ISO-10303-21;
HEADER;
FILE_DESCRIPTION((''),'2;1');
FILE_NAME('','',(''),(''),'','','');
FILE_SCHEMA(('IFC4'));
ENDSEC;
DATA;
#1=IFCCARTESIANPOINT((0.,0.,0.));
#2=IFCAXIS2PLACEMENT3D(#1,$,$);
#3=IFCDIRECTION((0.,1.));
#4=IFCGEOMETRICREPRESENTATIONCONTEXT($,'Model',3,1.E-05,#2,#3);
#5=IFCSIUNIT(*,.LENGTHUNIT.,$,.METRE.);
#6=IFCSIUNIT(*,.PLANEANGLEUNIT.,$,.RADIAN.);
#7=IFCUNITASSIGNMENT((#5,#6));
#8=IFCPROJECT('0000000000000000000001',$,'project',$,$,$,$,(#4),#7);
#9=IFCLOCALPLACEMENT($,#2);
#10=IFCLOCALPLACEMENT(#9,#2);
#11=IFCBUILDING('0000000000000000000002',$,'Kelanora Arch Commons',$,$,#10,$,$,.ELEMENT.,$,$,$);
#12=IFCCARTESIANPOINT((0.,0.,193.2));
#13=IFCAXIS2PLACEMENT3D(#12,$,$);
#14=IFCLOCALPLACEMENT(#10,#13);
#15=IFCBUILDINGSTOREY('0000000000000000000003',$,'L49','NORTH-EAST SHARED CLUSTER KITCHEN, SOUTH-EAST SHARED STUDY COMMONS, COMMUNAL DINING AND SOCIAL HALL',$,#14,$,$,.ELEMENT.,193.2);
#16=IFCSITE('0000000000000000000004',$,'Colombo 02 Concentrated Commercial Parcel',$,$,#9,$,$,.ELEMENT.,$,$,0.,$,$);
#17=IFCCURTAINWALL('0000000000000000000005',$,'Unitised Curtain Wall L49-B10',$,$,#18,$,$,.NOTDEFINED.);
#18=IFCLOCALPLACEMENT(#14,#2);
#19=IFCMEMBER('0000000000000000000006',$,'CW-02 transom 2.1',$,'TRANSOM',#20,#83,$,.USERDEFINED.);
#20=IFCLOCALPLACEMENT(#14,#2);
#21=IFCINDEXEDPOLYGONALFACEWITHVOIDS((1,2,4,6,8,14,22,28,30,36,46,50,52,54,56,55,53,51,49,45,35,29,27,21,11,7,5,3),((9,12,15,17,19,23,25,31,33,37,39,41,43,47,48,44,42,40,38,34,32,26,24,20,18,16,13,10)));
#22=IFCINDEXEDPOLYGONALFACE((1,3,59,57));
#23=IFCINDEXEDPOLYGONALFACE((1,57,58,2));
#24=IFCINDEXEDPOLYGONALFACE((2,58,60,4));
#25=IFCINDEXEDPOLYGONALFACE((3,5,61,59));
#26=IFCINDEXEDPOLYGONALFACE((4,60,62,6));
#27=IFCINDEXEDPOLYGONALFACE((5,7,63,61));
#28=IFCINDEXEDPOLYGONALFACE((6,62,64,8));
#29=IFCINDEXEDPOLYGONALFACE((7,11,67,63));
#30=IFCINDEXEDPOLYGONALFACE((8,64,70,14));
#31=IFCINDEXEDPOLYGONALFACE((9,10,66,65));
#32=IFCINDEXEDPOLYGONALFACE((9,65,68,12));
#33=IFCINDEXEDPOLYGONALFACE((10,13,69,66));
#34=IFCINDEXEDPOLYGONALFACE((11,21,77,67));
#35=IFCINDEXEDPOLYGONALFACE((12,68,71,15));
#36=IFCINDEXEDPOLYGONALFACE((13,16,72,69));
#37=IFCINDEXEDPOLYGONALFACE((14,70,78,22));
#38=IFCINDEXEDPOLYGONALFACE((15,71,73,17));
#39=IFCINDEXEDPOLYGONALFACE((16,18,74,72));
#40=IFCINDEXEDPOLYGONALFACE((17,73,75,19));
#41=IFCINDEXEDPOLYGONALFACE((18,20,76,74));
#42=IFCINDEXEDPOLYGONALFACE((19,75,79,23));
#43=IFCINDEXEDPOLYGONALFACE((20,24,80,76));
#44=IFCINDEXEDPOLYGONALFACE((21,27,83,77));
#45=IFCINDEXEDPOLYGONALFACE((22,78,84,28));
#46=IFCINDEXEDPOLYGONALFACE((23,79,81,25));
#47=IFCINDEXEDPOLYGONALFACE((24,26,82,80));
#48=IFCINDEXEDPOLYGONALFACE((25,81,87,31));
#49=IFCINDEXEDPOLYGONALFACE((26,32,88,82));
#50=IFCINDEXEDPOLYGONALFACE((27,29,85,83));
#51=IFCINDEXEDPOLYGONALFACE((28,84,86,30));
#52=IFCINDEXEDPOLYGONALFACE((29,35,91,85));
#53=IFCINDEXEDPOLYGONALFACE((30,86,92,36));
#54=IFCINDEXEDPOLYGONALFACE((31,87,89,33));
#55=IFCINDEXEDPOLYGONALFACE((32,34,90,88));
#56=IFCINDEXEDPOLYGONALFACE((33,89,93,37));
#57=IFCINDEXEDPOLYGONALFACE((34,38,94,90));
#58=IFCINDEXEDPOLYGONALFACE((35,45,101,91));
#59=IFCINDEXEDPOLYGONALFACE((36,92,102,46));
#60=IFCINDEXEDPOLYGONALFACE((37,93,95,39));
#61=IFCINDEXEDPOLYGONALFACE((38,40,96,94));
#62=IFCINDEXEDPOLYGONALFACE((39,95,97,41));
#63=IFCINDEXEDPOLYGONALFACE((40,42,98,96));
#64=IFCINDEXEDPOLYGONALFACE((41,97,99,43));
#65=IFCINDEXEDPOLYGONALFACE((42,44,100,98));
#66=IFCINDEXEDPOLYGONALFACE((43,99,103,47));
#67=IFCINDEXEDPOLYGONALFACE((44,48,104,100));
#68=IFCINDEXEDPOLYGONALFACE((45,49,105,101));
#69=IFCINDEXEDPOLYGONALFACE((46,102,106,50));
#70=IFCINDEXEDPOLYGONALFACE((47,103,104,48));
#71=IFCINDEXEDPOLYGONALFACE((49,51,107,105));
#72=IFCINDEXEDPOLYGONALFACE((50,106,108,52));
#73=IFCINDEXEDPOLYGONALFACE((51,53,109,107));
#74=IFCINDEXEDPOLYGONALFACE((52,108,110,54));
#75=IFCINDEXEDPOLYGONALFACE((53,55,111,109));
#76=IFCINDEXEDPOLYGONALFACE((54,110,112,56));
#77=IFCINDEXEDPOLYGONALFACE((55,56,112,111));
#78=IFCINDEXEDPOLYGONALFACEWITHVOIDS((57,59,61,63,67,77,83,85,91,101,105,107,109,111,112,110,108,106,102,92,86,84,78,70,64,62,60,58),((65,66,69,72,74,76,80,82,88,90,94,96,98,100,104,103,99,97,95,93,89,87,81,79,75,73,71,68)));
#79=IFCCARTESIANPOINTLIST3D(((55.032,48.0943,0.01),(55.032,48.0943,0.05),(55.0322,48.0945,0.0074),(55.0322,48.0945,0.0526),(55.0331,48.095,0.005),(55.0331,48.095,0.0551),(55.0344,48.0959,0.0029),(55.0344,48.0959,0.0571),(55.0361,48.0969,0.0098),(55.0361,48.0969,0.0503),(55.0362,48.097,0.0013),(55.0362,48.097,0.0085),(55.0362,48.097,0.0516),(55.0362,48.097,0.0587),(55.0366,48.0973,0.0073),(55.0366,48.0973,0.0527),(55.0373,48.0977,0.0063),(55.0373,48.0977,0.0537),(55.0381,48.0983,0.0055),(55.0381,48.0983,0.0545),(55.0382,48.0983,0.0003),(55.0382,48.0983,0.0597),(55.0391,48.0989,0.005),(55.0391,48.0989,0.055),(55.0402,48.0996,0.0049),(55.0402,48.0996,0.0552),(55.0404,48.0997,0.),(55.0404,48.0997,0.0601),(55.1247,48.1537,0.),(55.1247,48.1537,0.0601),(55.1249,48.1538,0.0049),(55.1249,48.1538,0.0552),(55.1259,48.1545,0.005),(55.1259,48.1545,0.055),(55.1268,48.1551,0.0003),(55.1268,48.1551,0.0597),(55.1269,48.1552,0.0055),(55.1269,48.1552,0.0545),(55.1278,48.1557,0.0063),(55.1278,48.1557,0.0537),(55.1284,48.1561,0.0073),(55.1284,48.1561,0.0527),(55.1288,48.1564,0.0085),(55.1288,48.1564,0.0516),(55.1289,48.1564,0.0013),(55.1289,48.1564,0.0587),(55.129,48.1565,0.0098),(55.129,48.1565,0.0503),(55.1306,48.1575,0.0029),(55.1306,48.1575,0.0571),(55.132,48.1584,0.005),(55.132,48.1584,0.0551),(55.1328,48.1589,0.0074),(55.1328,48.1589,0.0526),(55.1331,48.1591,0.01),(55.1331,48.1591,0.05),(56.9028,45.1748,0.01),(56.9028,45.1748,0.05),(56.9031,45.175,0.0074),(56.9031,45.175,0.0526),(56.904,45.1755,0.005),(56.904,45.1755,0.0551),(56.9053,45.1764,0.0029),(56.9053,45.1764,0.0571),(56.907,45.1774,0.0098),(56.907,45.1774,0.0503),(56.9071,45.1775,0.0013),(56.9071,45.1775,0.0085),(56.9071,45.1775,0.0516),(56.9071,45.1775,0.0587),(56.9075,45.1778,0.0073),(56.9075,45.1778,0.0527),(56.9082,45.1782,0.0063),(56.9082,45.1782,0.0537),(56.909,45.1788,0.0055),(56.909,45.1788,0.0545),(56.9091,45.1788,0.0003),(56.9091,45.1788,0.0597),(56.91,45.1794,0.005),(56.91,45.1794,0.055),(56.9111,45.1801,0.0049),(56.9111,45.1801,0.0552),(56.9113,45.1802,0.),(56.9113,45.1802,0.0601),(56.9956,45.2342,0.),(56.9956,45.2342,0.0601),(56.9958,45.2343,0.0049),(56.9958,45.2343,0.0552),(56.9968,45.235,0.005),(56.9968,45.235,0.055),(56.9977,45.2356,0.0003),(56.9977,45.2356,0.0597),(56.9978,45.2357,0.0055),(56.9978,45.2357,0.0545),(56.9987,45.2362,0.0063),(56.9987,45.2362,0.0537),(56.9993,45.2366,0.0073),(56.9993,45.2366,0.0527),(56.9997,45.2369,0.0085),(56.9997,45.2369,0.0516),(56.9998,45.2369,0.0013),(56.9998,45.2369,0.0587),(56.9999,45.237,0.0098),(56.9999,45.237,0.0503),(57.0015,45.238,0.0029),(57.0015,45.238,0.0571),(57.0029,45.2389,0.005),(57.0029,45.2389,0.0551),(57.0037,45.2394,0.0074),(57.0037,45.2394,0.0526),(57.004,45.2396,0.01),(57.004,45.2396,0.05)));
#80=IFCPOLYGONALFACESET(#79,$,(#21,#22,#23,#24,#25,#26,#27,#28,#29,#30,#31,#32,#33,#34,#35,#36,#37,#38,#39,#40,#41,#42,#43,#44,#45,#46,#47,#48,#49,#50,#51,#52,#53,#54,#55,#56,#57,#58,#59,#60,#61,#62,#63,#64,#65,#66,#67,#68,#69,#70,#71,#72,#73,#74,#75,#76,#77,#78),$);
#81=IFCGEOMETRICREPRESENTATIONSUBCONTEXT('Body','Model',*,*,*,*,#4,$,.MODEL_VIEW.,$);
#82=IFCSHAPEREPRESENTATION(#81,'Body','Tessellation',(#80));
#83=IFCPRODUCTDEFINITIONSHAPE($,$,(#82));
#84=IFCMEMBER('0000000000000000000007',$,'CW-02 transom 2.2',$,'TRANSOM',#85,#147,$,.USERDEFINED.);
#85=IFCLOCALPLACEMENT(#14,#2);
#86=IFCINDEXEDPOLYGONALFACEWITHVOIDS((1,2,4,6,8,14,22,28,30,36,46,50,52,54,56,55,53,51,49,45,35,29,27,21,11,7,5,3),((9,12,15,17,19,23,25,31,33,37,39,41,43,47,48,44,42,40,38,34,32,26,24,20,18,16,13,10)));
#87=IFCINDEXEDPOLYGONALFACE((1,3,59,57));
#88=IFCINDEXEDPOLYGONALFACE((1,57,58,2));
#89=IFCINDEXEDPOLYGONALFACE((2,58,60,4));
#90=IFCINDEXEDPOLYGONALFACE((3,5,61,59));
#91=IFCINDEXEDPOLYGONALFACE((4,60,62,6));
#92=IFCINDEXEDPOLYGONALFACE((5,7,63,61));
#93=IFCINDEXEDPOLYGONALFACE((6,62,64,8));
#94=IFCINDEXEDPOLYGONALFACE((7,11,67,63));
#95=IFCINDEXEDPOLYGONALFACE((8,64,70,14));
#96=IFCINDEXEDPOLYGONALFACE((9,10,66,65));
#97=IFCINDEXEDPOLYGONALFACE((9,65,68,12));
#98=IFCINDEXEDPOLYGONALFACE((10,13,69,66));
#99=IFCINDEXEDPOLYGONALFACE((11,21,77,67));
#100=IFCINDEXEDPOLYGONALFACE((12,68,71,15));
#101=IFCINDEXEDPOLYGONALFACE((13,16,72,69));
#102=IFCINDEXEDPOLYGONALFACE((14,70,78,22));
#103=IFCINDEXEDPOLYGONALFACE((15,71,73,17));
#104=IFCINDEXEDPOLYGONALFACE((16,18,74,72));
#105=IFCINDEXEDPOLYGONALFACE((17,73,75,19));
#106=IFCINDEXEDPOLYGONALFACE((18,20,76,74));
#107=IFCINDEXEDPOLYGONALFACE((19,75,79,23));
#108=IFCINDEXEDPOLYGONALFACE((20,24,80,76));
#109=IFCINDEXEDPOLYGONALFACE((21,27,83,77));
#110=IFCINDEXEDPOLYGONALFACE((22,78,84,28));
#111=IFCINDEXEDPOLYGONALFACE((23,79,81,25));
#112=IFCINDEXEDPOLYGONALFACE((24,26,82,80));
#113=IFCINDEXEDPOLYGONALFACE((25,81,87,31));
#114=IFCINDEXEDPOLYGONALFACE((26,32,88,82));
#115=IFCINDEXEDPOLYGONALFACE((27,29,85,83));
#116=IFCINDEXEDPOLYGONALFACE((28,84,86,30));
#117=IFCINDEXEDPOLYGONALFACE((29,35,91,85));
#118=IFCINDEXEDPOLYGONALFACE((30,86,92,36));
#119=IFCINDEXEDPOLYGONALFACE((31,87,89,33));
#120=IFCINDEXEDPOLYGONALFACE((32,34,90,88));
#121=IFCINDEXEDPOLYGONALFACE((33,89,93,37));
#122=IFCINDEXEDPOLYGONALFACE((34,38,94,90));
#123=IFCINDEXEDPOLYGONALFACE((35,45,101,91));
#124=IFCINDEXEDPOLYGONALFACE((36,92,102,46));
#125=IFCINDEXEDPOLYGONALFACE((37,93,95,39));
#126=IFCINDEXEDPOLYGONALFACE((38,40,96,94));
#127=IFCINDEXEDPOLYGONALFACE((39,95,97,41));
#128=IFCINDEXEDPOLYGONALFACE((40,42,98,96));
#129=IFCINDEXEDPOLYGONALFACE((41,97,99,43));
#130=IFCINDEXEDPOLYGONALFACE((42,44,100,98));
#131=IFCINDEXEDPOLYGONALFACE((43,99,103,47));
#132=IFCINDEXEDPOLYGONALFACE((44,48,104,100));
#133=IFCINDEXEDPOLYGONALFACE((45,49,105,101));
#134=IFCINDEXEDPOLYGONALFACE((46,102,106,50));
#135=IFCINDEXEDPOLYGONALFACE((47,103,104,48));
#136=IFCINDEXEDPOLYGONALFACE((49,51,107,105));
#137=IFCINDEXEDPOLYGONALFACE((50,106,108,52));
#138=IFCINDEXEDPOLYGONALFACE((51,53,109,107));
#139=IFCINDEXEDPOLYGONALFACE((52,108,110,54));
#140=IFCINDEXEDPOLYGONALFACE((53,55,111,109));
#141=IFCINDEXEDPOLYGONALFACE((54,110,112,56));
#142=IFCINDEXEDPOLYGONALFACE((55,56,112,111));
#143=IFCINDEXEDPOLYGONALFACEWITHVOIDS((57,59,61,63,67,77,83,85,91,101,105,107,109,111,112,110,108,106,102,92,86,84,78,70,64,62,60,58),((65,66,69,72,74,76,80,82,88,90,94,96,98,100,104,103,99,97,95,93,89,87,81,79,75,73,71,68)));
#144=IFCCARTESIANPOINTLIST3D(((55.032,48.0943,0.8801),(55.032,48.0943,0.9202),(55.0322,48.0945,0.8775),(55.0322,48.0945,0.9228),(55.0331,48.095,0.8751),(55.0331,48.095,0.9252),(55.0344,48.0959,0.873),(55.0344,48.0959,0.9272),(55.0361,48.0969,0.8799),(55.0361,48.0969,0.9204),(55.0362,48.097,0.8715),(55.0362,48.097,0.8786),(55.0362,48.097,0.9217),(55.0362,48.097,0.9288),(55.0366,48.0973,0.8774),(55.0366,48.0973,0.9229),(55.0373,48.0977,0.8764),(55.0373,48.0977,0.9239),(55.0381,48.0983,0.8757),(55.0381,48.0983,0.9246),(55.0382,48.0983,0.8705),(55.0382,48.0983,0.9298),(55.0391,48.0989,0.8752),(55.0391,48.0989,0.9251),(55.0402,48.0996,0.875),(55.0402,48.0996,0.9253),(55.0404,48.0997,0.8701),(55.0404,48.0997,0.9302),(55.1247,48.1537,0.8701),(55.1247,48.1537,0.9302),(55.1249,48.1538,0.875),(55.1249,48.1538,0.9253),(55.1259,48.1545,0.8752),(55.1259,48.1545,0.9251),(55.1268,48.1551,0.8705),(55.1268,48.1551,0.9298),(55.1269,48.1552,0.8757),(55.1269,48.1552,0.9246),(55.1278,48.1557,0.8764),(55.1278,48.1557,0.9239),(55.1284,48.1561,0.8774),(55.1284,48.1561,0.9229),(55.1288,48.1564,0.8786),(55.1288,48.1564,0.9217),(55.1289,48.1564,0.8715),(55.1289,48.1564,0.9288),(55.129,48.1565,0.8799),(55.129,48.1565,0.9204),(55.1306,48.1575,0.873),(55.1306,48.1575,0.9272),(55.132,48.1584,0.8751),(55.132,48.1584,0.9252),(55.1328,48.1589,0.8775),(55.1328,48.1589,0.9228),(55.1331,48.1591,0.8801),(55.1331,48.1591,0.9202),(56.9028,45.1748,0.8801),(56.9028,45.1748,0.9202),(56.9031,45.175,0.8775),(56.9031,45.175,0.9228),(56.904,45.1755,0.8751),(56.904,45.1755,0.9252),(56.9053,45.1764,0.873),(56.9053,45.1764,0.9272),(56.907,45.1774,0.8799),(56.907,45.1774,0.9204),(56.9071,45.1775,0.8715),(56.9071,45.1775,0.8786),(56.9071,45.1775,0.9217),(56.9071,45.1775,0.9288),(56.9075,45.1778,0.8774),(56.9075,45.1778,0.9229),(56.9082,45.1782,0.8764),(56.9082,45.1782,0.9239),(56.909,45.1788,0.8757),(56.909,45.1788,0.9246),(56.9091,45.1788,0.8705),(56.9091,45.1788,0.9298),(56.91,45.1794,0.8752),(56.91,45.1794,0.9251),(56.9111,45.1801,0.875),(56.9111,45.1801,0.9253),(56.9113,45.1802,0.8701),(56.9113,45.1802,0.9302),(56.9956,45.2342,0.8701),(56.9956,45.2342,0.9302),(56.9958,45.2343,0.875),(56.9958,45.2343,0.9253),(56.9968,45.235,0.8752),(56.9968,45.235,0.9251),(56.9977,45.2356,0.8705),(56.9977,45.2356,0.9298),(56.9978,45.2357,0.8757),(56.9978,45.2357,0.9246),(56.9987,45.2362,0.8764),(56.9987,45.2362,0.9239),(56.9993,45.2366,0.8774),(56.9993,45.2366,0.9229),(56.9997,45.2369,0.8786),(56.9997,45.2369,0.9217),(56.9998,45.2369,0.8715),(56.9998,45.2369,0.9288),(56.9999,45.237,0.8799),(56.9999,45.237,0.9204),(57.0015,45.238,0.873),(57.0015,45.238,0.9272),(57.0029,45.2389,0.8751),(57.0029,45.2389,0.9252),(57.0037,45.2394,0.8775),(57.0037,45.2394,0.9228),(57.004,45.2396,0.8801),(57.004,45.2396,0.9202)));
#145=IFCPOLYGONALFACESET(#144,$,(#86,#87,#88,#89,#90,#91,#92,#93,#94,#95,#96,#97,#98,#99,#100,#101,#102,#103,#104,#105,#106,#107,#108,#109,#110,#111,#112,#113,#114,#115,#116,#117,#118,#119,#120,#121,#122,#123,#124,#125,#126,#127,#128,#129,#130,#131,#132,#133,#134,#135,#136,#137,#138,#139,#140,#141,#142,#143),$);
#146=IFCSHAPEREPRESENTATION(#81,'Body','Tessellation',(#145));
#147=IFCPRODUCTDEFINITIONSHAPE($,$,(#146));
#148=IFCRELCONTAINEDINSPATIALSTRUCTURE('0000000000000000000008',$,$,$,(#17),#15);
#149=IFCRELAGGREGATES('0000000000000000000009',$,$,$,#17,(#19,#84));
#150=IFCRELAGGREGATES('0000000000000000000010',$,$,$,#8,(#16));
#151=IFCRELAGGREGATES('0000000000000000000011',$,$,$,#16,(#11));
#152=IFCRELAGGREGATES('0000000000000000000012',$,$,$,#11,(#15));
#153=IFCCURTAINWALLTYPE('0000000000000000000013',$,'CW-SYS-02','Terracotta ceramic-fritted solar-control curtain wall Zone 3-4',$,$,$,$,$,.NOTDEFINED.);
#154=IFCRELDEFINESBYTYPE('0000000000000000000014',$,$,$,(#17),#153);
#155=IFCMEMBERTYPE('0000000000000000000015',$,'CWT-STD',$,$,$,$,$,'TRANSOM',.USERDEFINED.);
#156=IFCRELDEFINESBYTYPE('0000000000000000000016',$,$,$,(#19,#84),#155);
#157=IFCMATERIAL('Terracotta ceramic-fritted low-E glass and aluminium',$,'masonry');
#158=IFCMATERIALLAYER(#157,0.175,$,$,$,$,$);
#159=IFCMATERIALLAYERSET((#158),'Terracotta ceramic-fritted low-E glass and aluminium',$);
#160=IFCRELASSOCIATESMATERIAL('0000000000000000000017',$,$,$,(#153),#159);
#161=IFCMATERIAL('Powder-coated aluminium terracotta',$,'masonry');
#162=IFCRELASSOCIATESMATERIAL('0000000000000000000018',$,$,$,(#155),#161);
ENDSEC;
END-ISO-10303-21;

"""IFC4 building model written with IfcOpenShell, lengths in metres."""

from ifc_helpers import new_model, si_unit, direction, frame, origin, origin_2d, place, context, subcontext, project, spatial, hollow_rectangle, extrude, material, layer, layer_set, material_profile, profile_set, type_object, element, aggregate, save


model = new_model("IFC4")

# Units and contexts
model_context = context("Model", 3, precision=1e-05, world=origin(), true_north=direction((0.0, 1.0)))
body_context = subcontext(model_context, "Body", "Model", "MODEL_VIEW")
ifc_project = project(units=[si_unit("LENGTHUNIT", "METRE"), si_unit("PLANEANGLEUNIT", "RADIAN")], contexts=[model_context])

# Site, building, storey
site_placement = place(None, origin())
site = spatial("IfcSite", under=ifc_project, at=site_placement, Name="Colombo 02 Concentrated Commercial Parcel", CompositionType="ELEMENT", RefElevation=0.0)
building_placement = place(site_placement, origin())
building = spatial("IfcBuilding", under=site, at=building_placement, Name="Kelanora Arch Commons", CompositionType="ELEMENT")
storey_placement = place(building_placement, frame((0.0, 0.0, 193.2)))
storey = spatial("IfcBuildingStorey", under=building, at=storey_placement, Name="L49", Description="NORTH-EAST SHARED CLUSTER KITCHEN, SOUTH-EAST SHARED STUDY COMMONS, COMMUNAL DINING AND SOCIAL HALL", CompositionType="ELEMENT", Elevation=193.2)

# Curtain wall, members
ifc_material_1 = material(Name="Terracotta ceramic-fritted low-E glass and aluminium", Category="masonry")
ifc_layer_1 = layer(ifc_material_1, 0.175)
ifc_layer_set_1 = layer_set([ifc_layer_1], Name="Terracotta ceramic-fritted low-E glass and aluminium")
curtain_wall_type = type_object("IfcCurtainWallType", Name="CW-SYS-02", Description="Terracotta ceramic-fritted solar-control curtain wall Zone 3-4", PredefinedType="NOTDEFINED", material=ifc_layer_set_1)
curtain_wall_placement = place(storey_placement, origin())
curtain_wall = element("IfcCurtainWall", 1, at=curtain_wall_placement, inside=storey, type_object=curtain_wall_type, Name="Unitised Curtain Wall L49-B10", PredefinedType="NOTDEFINED")
ifc_material_2 = material(Name="Powder-coated aluminium terracotta", Category="masonry")
ifc_material_profile_1 = material_profile(ifc_material_2, hollow_rectangle(XDim=0.1201, YDim=0.0601, WallThickness=0.0049, InnerFilletRadius=0.0049, OuterFilletRadius=0.01, at=origin_2d()), Name="CWT120x60")
ifc_profile_set_1 = profile_set([ifc_material_profile_1], Name="Powder-coated aluminium terracotta")
member_type_1 = type_object("IfcMemberType", Name="CWT-STD", ElementType="TRANSOM", PredefinedType="USERDEFINED", material=ifc_profile_set_1)
member_1_placement = place(storey_placement, frame((55.0825, 48.1267, 0.03), z_axis=(0.539547, -0.841955, 0.0), x_axis=(0.841955, 0.539547, 0.0)))
member_1 = element("IfcMember", 2, at=member_1_placement, type_object=member_type_1, Name="CW-02 transom 2.1", ObjectType="TRANSOM", PredefinedType="USERDEFINED", context=body_context, shape_type="SweptSolid", body=[
    extrude(hollow_rectangle(XDim=0.1201, YDim=0.0601, WallThickness=0.0049, InnerFilletRadius=0.0049, OuterFilletRadius=0.01, at=origin_2d()), origin(), (0.0, 0.0, 1.0), 3.4675),
])
member_2_placement = place(storey_placement, frame((55.0825, 48.1267, 0.9001), z_axis=(0.539547, -0.841955, 0.0), x_axis=(0.841955, 0.539547, 0.0)))
member_2 = element("IfcMember", 3, at=member_2_placement, type_object=member_type_1, Name="CW-02 transom 2.2", ObjectType="TRANSOM", PredefinedType="USERDEFINED", context=body_context, shape_type="SweptSolid", body=[
    extrude(hollow_rectangle(XDim=0.1201, YDim=0.0601, WallThickness=0.0049, InnerFilletRadius=0.0049, OuterFilletRadius=0.01, at=origin_2d()), origin(), (0.0, 0.0, 1.0), 3.4675),
])
aggregate(curtain_wall, [member_1, member_2])

save(model, "model.ifc")
